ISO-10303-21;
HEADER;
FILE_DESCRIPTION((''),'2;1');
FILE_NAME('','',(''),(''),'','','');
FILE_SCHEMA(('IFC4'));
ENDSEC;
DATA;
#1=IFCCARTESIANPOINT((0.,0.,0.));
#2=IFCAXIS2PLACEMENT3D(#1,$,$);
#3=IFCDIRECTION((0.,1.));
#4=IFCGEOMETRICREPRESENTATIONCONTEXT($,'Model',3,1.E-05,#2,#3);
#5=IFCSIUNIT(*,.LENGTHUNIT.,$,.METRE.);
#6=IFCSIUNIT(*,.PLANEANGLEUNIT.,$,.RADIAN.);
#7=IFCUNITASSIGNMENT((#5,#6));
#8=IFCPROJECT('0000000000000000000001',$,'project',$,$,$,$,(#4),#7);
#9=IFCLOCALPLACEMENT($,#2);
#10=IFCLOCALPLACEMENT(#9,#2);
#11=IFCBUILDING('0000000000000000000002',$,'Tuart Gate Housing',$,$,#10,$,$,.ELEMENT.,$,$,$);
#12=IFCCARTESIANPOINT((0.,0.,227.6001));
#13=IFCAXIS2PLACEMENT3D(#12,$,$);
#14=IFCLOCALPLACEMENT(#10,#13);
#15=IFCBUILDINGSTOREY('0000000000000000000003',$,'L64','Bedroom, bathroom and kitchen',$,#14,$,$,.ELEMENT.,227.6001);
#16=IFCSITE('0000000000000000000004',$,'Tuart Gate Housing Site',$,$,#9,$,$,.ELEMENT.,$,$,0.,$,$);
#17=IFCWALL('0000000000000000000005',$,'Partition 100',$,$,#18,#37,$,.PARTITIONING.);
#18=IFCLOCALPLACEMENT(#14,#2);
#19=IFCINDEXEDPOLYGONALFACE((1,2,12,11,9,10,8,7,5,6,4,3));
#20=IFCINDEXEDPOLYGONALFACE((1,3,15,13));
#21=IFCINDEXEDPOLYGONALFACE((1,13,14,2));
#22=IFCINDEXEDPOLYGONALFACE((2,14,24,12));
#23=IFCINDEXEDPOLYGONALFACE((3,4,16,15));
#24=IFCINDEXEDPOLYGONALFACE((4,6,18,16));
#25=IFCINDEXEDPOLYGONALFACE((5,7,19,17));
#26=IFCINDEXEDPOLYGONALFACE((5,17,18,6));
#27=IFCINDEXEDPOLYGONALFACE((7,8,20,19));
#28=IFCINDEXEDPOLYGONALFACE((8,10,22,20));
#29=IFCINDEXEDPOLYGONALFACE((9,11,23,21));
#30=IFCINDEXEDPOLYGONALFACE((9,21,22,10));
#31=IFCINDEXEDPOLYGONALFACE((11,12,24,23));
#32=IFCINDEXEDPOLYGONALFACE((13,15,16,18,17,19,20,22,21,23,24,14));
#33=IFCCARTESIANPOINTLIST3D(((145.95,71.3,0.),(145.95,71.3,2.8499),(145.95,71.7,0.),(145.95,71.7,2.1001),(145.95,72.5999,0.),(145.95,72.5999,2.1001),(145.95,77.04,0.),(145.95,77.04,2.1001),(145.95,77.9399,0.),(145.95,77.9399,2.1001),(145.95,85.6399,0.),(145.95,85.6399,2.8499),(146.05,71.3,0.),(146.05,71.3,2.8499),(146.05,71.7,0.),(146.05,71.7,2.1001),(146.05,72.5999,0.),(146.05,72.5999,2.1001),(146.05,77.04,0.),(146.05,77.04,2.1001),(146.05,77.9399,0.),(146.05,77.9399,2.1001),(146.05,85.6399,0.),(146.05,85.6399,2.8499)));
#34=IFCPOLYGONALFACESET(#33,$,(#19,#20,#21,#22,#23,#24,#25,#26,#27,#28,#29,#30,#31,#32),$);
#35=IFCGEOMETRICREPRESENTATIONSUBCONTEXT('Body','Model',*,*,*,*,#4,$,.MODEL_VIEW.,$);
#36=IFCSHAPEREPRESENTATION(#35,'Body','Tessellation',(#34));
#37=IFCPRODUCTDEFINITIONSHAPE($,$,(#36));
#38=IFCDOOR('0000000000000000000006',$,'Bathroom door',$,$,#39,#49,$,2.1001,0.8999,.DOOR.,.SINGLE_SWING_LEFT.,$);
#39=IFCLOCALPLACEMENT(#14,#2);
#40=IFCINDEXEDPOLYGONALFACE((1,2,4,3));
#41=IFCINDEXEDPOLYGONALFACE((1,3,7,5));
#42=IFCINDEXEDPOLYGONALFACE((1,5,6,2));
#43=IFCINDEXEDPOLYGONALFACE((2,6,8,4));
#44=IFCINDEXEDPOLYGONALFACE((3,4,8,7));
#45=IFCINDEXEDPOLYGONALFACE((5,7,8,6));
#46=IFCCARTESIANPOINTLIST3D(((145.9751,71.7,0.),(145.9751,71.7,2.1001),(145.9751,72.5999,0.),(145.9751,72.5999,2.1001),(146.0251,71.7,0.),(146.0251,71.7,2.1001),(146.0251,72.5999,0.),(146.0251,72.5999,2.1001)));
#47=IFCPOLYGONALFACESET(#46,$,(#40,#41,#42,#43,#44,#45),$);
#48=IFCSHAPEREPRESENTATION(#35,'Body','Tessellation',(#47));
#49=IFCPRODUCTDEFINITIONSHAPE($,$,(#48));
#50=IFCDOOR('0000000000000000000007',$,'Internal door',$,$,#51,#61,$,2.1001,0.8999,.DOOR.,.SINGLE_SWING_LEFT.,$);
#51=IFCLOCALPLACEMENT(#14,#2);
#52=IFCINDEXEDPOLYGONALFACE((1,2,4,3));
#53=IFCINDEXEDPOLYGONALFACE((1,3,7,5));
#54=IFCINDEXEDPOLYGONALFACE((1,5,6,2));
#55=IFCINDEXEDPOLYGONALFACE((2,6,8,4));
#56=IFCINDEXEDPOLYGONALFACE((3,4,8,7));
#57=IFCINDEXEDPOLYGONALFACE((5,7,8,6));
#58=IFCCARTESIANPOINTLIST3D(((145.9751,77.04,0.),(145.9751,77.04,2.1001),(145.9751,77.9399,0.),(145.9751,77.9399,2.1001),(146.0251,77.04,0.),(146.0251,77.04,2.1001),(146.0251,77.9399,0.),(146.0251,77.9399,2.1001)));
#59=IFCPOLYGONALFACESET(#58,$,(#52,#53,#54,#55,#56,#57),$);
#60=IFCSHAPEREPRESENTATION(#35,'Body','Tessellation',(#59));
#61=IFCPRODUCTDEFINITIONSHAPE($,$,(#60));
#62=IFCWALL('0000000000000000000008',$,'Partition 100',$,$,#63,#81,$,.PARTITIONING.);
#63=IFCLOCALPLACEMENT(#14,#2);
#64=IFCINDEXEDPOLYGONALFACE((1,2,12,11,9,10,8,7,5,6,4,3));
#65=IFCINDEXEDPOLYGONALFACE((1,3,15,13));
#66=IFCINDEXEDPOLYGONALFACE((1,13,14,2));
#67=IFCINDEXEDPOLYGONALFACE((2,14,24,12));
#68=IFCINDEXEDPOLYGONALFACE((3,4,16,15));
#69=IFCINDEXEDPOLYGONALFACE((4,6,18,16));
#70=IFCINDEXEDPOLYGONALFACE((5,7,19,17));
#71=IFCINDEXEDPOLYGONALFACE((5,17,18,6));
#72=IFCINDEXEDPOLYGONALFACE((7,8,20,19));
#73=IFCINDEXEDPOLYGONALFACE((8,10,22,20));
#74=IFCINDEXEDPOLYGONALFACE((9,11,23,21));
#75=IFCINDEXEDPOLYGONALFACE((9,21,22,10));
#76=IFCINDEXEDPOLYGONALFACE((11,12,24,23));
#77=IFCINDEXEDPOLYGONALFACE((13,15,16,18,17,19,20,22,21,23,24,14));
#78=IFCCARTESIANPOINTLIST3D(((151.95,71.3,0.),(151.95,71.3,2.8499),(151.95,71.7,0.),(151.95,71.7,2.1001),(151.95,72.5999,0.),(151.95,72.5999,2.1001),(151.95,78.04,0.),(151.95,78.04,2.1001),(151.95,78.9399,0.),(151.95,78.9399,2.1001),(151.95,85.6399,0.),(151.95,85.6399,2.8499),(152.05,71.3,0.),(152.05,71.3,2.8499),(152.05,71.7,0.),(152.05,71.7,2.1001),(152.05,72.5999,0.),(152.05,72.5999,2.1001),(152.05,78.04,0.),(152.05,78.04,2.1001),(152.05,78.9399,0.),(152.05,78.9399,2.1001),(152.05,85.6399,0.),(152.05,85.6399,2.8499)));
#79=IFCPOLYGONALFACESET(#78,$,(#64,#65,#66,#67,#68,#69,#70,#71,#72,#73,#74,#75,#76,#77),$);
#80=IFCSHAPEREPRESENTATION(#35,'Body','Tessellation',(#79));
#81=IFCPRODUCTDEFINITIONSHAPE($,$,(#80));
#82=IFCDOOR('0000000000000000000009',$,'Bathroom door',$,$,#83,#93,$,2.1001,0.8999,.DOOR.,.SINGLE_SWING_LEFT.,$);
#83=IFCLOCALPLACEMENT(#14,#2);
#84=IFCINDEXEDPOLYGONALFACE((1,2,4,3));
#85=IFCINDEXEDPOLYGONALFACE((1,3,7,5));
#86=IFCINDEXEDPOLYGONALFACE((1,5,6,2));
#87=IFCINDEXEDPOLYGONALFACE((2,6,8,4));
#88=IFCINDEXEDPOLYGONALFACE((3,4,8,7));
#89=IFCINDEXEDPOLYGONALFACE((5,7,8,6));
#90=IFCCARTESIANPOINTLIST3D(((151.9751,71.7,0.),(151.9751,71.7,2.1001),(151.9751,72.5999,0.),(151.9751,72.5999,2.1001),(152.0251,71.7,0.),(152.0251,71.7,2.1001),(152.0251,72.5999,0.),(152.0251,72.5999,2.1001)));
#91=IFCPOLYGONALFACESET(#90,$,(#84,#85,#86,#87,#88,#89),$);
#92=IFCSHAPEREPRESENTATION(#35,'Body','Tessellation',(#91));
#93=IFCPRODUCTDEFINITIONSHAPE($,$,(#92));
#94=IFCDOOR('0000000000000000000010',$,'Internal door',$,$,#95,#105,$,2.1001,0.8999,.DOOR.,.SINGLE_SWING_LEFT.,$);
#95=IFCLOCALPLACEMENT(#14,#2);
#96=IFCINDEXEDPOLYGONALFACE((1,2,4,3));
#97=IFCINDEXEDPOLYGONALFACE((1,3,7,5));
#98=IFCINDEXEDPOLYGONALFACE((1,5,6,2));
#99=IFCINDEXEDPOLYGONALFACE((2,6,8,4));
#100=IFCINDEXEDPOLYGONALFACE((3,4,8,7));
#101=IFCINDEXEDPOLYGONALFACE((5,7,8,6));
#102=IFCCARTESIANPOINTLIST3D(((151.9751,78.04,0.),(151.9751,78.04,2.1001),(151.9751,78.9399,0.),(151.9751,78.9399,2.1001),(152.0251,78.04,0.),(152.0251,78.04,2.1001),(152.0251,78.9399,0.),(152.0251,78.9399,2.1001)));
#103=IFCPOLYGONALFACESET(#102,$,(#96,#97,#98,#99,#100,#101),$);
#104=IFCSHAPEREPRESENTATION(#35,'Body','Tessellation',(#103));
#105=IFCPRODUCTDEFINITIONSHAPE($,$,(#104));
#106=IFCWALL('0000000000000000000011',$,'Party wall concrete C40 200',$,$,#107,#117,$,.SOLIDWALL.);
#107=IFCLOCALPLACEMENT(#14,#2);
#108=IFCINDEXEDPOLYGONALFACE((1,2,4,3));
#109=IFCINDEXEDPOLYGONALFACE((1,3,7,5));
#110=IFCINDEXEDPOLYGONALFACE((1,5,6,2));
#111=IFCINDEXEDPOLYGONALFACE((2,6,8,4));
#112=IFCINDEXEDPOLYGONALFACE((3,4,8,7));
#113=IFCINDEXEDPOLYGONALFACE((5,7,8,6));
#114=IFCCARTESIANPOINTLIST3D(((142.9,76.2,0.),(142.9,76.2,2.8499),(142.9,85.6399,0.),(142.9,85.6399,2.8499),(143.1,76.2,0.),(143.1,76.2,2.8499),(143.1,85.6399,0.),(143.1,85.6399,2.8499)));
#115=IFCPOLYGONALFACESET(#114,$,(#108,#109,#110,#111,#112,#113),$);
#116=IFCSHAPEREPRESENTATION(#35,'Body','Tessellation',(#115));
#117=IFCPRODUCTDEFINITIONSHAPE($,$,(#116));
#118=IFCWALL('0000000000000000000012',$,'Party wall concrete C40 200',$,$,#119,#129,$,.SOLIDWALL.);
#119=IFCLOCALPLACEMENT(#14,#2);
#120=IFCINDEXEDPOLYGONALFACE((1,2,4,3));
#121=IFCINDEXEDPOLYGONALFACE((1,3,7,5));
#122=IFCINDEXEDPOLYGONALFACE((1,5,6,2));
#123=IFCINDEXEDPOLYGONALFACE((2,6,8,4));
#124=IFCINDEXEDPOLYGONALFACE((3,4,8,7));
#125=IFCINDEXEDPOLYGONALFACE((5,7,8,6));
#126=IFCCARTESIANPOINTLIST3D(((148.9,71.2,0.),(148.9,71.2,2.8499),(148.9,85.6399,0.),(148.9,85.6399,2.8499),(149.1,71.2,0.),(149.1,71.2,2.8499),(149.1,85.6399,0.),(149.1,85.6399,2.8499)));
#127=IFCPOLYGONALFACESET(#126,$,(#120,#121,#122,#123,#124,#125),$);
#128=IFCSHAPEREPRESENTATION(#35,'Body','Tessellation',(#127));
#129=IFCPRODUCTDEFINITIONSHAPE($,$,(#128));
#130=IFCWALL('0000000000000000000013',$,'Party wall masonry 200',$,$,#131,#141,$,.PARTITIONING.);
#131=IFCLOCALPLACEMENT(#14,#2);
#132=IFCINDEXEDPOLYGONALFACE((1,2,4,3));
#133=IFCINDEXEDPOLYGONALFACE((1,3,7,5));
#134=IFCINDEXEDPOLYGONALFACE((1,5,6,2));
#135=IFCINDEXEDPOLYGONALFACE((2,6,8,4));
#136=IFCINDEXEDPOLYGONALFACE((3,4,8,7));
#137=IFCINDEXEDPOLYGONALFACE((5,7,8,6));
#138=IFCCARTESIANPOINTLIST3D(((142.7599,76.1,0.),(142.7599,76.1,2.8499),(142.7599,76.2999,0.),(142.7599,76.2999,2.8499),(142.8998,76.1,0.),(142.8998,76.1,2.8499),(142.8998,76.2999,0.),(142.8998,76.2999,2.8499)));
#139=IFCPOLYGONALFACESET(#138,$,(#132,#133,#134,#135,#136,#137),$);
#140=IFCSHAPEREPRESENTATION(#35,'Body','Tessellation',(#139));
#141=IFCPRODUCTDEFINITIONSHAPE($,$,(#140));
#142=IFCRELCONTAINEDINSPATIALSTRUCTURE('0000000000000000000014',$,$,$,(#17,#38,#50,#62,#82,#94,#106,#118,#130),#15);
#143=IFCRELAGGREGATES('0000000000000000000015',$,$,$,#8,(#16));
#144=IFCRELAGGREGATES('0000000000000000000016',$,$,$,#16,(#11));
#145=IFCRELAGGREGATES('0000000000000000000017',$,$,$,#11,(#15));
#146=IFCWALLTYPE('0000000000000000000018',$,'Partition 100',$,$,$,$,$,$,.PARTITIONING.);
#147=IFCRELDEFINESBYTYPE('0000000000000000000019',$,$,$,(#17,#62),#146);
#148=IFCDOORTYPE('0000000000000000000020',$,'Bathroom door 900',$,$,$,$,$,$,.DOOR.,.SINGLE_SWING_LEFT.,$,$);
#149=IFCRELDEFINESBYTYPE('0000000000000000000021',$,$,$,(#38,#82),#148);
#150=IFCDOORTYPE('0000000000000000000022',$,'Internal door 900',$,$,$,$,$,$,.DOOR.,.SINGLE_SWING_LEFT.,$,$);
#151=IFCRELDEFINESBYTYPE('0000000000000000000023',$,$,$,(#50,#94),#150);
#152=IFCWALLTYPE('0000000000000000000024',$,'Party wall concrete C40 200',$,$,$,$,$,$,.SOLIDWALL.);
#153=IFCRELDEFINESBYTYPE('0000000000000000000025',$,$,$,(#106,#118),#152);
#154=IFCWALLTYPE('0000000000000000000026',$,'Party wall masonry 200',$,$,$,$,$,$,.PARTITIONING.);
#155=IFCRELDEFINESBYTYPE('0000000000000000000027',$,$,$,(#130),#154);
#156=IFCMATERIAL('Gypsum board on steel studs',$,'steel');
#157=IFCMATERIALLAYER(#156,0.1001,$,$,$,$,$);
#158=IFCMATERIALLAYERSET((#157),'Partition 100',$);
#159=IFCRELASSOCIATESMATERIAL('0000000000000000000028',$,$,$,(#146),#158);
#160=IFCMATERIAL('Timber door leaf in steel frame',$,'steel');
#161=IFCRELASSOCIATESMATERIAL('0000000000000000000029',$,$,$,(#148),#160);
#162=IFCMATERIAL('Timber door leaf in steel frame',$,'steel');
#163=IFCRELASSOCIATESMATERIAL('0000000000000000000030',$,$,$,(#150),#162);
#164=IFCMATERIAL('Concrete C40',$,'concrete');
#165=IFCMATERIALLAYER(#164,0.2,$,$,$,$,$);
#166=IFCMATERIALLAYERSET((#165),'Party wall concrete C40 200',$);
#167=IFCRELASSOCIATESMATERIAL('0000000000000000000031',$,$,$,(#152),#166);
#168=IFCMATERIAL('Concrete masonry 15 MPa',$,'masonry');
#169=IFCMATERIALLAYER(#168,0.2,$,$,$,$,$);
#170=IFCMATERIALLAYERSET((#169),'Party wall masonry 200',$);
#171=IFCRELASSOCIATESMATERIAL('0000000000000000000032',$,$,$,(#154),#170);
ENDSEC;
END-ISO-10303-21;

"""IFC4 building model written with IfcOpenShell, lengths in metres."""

from ifc_helpers import new_model, si_unit, direction, frame, frame_2d, origin, place, context, subcontext, project, spatial, rectangle, extrude, material, layer, layer_set, type_object, element, fill, save


model = new_model("IFC4")

# Units and contexts
model_context = context("Model", 3, precision=1e-05, world=origin(), true_north=direction((0.0, 1.0)))
body_context = subcontext(model_context, "Body", "Model", "MODEL_VIEW")
ifc_project = project(units=[si_unit("LENGTHUNIT", "METRE"), si_unit("PLANEANGLEUNIT", "RADIAN")], contexts=[model_context])

# Site, building, storey
site_placement = place(None, origin())
site = spatial("IfcSite", under=ifc_project, at=site_placement, Name="Tuart Gate Housing Site", CompositionType="ELEMENT", RefElevation=0.0)
building_placement = place(site_placement, origin())
building = spatial("IfcBuilding", under=site, at=building_placement, Name="Tuart Gate Housing", CompositionType="ELEMENT")
storey_placement = place(building_placement, frame((0.0, 0.0, 227.6001)))
storey = spatial("IfcBuildingStorey", under=building, at=storey_placement, Name="L64", Description="Bedroom, bathroom and kitchen", CompositionType="ELEMENT", Elevation=227.6001)

# Shared definitions
ifc_material_1 = material(Name="Gypsum board on steel studs", Category="steel")
ifc_layer_1 = layer(ifc_material_1, 0.1001)
ifc_layer_set_1 = layer_set([ifc_layer_1], Name="Partition 100")
wall_type_1 = type_object("IfcWallType", Name="Partition 100", PredefinedType="PARTITIONING", material=ifc_layer_set_1)

# Walls, openings, doors
wall_1_placement = place(storey_placement, frame((146.0, 71.3, 0.0), z_axis=(0.0, 0.0, 1.0), x_axis=(0.0, 1.0, 0.0)))
wall_1 = element("IfcWall", 1, at=wall_1_placement, inside=storey, type_object=wall_type_1, Name="Partition 100", PredefinedType="PARTITIONING", context=body_context, shape_type="SweptSolid", body=[
    extrude(rectangle(XDim=14.3398, YDim=0.1001, at=frame_2d((7.1699, 0.0))), origin(), (0.0, 0.0, 1.0), 2.8499),
])
opening_1_placement = place(wall_1_placement, frame((5.74, 0.0, 0.0)))
opening_1 = element("IfcOpeningElement", 2, at=opening_1_placement, cuts=wall_1, PredefinedType="OPENING", context=body_context, shape_type="SweptSolid", body=[
    extrude(rectangle(XDim=0.8999, YDim=2.1001, at=frame_2d((0.45, 1.05))), frame((0.0, 0.0601, 0.0), z_axis=(0.0, -1.0, 0.0), x_axis=(1.0, 0.0, 0.0)), (0.0, 0.0, 1.0), 0.1201),
])
opening_2_placement = place(wall_1_placement, frame((0.3999, 0.0, 0.0)))
opening_2 = element("IfcOpeningElement", 3, at=opening_2_placement, cuts=wall_1, PredefinedType="OPENING", context=body_context, shape_type="SweptSolid", body=[
    extrude(rectangle(XDim=0.8999, YDim=2.1001, at=frame_2d((0.45, 1.05))), frame((0.0, 0.0601, 0.0), z_axis=(0.0, -1.0, 0.0), x_axis=(1.0, 0.0, 0.0)), (0.0, 0.0, 1.0), 0.1201),
])
ifc_material_2 = material(Name="Timber door leaf in steel frame", Category="steel")
door_type_1 = type_object("IfcDoorType", Name="Bathroom door 900", OperationType="SINGLE_SWING_LEFT", PredefinedType="DOOR", material=ifc_material_2)
door_1_placement = place(opening_2_placement, origin())
door_1 = element("IfcDoor", 4, at=door_1_placement, inside=storey, type_object=door_type_1, Name="Bathroom door", OperationType="SINGLE_SWING_LEFT", OverallHeight=2.1001, OverallWidth=0.8999, PredefinedType="DOOR", context=body_context, shape_type="SweptSolid", body=[
    extrude(rectangle(XDim=0.8999, YDim=2.1001, at=frame_2d((0.45, 1.05))), frame((0.0, 0.0249, 0.0), z_axis=(0.0, -1.0, 0.0), x_axis=(1.0, 0.0, 0.0)), (0.0, 0.0, 1.0), 0.05),
])
fill(opening_2, door_1)
ifc_material_3 = material(Name="Timber door leaf in steel frame", Category="steel")
door_type_2 = type_object("IfcDoorType", Name="Internal door 900", OperationType="SINGLE_SWING_LEFT", PredefinedType="DOOR", material=ifc_material_3)
door_2_placement = place(opening_1_placement, origin())
door_2 = element("IfcDoor", 5, at=door_2_placement, inside=storey, type_object=door_type_2, Name="Internal door", OperationType="SINGLE_SWING_LEFT", OverallHeight=2.1001, OverallWidth=0.8999, PredefinedType="DOOR", context=body_context, shape_type="SweptSolid", body=[
    extrude(rectangle(XDim=0.8999, YDim=2.1001, at=frame_2d((0.45, 1.05))), frame((0.0, 0.0249, 0.0), z_axis=(0.0, -1.0, 0.0), x_axis=(1.0, 0.0, 0.0)), (0.0, 0.0, 1.0), 0.05),
])
fill(opening_1, door_2)
wall_2_placement = place(storey_placement, frame((152.0, 71.3, 0.0), z_axis=(0.0, 0.0, 1.0), x_axis=(0.0, 1.0, 0.0)))
wall_2 = element("IfcWall", 6, at=wall_2_placement, inside=storey, type_object=wall_type_1, Name="Partition 100", PredefinedType="PARTITIONING", context=body_context, shape_type="SweptSolid", body=[
    extrude(rectangle(XDim=14.3398, YDim=0.1001, at=frame_2d((7.1699, 0.0))), origin(), (0.0, 0.0, 1.0), 2.8499),
])
opening_3_placement = place(wall_2_placement, frame((6.74, 0.0, 0.0)))
opening_3 = element("IfcOpeningElement", 7, at=opening_3_placement, cuts=wall_2, PredefinedType="OPENING", context=body_context, shape_type="SweptSolid", body=[
    extrude(rectangle(XDim=0.8999, YDim=2.1001, at=frame_2d((0.45, 1.05))), frame((0.0, 0.0601, 0.0), z_axis=(0.0, -1.0, 0.0), x_axis=(1.0, 0.0, 0.0)), (0.0, 0.0, 1.0), 0.1201),
])
opening_4_placement = place(wall_2_placement, frame((0.3999, 0.0, 0.0)))
opening_4 = element("IfcOpeningElement", 8, at=opening_4_placement, cuts=wall_2, PredefinedType="OPENING", context=body_context, shape_type="SweptSolid", body=[
    extrude(rectangle(XDim=0.8999, YDim=2.1001, at=frame_2d((0.45, 1.05))), frame((0.0, 0.0601, 0.0), z_axis=(0.0, -1.0, 0.0), x_axis=(1.0, 0.0, 0.0)), (0.0, 0.0, 1.0), 0.1201),
])
door_3_placement = place(opening_4_placement, origin())
door_3 = element("IfcDoor", 9, at=door_3_placement, inside=storey, type_object=door_type_1, Name="Bathroom door", OperationType="SINGLE_SWING_LEFT", OverallHeight=2.1001, OverallWidth=0.8999, PredefinedType="DOOR", context=body_context, shape_type="SweptSolid", body=[
    extrude(rectangle(XDim=0.8999, YDim=2.1001, at=frame_2d((0.45, 1.05))), frame((0.0, 0.0249, 0.0), z_axis=(0.0, -1.0, 0.0), x_axis=(1.0, 0.0, 0.0)), (0.0, 0.0, 1.0), 0.05),
])
fill(opening_4, door_3)
door_4_placement = place(opening_3_placement, origin())
door_4 = element("IfcDoor", 10, at=door_4_placement, inside=storey, type_object=door_type_2, Name="Internal door", OperationType="SINGLE_SWING_LEFT", OverallHeight=2.1001, OverallWidth=0.8999, PredefinedType="DOOR", context=body_context, shape_type="SweptSolid", body=[
    extrude(rectangle(XDim=0.8999, YDim=2.1001, at=frame_2d((0.45, 1.05))), frame((0.0, 0.0249, 0.0), z_axis=(0.0, -1.0, 0.0), x_axis=(1.0, 0.0, 0.0)), (0.0, 0.0, 1.0), 0.05),
])
fill(opening_3, door_4)

# Walls
ifc_material_4 = material(Name="Concrete C40", Category="concrete")
ifc_layer_2 = layer(ifc_material_4, 0.2)
ifc_layer_set_2 = layer_set([ifc_layer_2], Name="Party wall concrete C40 200")
wall_type_2 = type_object("IfcWallType", Name="Party wall concrete C40 200", PredefinedType="SOLIDWALL", material=ifc_layer_set_2)
wall_3_placement = place(storey_placement, frame((143.0, 76.2, 0.0), z_axis=(0.0, 0.0, 1.0), x_axis=(0.0, 1.0, 0.0)))
element("IfcWall", 11, at=wall_3_placement, inside=storey, type_object=wall_type_2, Name="Party wall concrete C40 200", PredefinedType="SOLIDWALL", context=body_context, shape_type="SweptSolid", body=[
    extrude(rectangle(XDim=9.4399, YDim=0.2, at=frame_2d((4.72, 0.0))), origin(), (0.0, 0.0, 1.0), 2.8499),
])
wall_4_placement = place(storey_placement, frame((149.0, 71.2, 0.0), z_axis=(0.0, 0.0, 1.0), x_axis=(0.0, 1.0, 0.0)))
element("IfcWall", 12, at=wall_4_placement, inside=storey, type_object=wall_type_2, Name="Party wall concrete C40 200", PredefinedType="SOLIDWALL", context=body_context, shape_type="SweptSolid", body=[
    extrude(rectangle(XDim=14.4399, YDim=0.2, at=frame_2d((7.22, 0.0))), origin(), (0.0, 0.0, 1.0), 2.8499),
])
ifc_material_5 = material(Name="Concrete masonry 15 MPa", Category="masonry")
ifc_layer_3 = layer(ifc_material_5, 0.2)
ifc_layer_set_3 = layer_set([ifc_layer_3], Name="Party wall masonry 200")
wall_type_3 = type_object("IfcWallType", Name="Party wall masonry 200", PredefinedType="PARTITIONING", material=ifc_layer_set_3)
wall_5_placement = place(storey_placement, frame((142.76, 76.2, 0.0), z_axis=(0.0, 0.0, 1.0), x_axis=(1.0, 0.0, 0.0)))
element("IfcWall", 13, at=wall_5_placement, inside=storey, type_object=wall_type_3, Name="Party wall masonry 200", PredefinedType="PARTITIONING", context=body_context, shape_type="SweptSolid", body=[
    extrude(rectangle(XDim=0.1399, YDim=0.2, at=frame_2d((0.0698, 0.0))), origin(), (0.0, 0.0, 1.0), 2.8499),
])

save(model, "model.ifc")
